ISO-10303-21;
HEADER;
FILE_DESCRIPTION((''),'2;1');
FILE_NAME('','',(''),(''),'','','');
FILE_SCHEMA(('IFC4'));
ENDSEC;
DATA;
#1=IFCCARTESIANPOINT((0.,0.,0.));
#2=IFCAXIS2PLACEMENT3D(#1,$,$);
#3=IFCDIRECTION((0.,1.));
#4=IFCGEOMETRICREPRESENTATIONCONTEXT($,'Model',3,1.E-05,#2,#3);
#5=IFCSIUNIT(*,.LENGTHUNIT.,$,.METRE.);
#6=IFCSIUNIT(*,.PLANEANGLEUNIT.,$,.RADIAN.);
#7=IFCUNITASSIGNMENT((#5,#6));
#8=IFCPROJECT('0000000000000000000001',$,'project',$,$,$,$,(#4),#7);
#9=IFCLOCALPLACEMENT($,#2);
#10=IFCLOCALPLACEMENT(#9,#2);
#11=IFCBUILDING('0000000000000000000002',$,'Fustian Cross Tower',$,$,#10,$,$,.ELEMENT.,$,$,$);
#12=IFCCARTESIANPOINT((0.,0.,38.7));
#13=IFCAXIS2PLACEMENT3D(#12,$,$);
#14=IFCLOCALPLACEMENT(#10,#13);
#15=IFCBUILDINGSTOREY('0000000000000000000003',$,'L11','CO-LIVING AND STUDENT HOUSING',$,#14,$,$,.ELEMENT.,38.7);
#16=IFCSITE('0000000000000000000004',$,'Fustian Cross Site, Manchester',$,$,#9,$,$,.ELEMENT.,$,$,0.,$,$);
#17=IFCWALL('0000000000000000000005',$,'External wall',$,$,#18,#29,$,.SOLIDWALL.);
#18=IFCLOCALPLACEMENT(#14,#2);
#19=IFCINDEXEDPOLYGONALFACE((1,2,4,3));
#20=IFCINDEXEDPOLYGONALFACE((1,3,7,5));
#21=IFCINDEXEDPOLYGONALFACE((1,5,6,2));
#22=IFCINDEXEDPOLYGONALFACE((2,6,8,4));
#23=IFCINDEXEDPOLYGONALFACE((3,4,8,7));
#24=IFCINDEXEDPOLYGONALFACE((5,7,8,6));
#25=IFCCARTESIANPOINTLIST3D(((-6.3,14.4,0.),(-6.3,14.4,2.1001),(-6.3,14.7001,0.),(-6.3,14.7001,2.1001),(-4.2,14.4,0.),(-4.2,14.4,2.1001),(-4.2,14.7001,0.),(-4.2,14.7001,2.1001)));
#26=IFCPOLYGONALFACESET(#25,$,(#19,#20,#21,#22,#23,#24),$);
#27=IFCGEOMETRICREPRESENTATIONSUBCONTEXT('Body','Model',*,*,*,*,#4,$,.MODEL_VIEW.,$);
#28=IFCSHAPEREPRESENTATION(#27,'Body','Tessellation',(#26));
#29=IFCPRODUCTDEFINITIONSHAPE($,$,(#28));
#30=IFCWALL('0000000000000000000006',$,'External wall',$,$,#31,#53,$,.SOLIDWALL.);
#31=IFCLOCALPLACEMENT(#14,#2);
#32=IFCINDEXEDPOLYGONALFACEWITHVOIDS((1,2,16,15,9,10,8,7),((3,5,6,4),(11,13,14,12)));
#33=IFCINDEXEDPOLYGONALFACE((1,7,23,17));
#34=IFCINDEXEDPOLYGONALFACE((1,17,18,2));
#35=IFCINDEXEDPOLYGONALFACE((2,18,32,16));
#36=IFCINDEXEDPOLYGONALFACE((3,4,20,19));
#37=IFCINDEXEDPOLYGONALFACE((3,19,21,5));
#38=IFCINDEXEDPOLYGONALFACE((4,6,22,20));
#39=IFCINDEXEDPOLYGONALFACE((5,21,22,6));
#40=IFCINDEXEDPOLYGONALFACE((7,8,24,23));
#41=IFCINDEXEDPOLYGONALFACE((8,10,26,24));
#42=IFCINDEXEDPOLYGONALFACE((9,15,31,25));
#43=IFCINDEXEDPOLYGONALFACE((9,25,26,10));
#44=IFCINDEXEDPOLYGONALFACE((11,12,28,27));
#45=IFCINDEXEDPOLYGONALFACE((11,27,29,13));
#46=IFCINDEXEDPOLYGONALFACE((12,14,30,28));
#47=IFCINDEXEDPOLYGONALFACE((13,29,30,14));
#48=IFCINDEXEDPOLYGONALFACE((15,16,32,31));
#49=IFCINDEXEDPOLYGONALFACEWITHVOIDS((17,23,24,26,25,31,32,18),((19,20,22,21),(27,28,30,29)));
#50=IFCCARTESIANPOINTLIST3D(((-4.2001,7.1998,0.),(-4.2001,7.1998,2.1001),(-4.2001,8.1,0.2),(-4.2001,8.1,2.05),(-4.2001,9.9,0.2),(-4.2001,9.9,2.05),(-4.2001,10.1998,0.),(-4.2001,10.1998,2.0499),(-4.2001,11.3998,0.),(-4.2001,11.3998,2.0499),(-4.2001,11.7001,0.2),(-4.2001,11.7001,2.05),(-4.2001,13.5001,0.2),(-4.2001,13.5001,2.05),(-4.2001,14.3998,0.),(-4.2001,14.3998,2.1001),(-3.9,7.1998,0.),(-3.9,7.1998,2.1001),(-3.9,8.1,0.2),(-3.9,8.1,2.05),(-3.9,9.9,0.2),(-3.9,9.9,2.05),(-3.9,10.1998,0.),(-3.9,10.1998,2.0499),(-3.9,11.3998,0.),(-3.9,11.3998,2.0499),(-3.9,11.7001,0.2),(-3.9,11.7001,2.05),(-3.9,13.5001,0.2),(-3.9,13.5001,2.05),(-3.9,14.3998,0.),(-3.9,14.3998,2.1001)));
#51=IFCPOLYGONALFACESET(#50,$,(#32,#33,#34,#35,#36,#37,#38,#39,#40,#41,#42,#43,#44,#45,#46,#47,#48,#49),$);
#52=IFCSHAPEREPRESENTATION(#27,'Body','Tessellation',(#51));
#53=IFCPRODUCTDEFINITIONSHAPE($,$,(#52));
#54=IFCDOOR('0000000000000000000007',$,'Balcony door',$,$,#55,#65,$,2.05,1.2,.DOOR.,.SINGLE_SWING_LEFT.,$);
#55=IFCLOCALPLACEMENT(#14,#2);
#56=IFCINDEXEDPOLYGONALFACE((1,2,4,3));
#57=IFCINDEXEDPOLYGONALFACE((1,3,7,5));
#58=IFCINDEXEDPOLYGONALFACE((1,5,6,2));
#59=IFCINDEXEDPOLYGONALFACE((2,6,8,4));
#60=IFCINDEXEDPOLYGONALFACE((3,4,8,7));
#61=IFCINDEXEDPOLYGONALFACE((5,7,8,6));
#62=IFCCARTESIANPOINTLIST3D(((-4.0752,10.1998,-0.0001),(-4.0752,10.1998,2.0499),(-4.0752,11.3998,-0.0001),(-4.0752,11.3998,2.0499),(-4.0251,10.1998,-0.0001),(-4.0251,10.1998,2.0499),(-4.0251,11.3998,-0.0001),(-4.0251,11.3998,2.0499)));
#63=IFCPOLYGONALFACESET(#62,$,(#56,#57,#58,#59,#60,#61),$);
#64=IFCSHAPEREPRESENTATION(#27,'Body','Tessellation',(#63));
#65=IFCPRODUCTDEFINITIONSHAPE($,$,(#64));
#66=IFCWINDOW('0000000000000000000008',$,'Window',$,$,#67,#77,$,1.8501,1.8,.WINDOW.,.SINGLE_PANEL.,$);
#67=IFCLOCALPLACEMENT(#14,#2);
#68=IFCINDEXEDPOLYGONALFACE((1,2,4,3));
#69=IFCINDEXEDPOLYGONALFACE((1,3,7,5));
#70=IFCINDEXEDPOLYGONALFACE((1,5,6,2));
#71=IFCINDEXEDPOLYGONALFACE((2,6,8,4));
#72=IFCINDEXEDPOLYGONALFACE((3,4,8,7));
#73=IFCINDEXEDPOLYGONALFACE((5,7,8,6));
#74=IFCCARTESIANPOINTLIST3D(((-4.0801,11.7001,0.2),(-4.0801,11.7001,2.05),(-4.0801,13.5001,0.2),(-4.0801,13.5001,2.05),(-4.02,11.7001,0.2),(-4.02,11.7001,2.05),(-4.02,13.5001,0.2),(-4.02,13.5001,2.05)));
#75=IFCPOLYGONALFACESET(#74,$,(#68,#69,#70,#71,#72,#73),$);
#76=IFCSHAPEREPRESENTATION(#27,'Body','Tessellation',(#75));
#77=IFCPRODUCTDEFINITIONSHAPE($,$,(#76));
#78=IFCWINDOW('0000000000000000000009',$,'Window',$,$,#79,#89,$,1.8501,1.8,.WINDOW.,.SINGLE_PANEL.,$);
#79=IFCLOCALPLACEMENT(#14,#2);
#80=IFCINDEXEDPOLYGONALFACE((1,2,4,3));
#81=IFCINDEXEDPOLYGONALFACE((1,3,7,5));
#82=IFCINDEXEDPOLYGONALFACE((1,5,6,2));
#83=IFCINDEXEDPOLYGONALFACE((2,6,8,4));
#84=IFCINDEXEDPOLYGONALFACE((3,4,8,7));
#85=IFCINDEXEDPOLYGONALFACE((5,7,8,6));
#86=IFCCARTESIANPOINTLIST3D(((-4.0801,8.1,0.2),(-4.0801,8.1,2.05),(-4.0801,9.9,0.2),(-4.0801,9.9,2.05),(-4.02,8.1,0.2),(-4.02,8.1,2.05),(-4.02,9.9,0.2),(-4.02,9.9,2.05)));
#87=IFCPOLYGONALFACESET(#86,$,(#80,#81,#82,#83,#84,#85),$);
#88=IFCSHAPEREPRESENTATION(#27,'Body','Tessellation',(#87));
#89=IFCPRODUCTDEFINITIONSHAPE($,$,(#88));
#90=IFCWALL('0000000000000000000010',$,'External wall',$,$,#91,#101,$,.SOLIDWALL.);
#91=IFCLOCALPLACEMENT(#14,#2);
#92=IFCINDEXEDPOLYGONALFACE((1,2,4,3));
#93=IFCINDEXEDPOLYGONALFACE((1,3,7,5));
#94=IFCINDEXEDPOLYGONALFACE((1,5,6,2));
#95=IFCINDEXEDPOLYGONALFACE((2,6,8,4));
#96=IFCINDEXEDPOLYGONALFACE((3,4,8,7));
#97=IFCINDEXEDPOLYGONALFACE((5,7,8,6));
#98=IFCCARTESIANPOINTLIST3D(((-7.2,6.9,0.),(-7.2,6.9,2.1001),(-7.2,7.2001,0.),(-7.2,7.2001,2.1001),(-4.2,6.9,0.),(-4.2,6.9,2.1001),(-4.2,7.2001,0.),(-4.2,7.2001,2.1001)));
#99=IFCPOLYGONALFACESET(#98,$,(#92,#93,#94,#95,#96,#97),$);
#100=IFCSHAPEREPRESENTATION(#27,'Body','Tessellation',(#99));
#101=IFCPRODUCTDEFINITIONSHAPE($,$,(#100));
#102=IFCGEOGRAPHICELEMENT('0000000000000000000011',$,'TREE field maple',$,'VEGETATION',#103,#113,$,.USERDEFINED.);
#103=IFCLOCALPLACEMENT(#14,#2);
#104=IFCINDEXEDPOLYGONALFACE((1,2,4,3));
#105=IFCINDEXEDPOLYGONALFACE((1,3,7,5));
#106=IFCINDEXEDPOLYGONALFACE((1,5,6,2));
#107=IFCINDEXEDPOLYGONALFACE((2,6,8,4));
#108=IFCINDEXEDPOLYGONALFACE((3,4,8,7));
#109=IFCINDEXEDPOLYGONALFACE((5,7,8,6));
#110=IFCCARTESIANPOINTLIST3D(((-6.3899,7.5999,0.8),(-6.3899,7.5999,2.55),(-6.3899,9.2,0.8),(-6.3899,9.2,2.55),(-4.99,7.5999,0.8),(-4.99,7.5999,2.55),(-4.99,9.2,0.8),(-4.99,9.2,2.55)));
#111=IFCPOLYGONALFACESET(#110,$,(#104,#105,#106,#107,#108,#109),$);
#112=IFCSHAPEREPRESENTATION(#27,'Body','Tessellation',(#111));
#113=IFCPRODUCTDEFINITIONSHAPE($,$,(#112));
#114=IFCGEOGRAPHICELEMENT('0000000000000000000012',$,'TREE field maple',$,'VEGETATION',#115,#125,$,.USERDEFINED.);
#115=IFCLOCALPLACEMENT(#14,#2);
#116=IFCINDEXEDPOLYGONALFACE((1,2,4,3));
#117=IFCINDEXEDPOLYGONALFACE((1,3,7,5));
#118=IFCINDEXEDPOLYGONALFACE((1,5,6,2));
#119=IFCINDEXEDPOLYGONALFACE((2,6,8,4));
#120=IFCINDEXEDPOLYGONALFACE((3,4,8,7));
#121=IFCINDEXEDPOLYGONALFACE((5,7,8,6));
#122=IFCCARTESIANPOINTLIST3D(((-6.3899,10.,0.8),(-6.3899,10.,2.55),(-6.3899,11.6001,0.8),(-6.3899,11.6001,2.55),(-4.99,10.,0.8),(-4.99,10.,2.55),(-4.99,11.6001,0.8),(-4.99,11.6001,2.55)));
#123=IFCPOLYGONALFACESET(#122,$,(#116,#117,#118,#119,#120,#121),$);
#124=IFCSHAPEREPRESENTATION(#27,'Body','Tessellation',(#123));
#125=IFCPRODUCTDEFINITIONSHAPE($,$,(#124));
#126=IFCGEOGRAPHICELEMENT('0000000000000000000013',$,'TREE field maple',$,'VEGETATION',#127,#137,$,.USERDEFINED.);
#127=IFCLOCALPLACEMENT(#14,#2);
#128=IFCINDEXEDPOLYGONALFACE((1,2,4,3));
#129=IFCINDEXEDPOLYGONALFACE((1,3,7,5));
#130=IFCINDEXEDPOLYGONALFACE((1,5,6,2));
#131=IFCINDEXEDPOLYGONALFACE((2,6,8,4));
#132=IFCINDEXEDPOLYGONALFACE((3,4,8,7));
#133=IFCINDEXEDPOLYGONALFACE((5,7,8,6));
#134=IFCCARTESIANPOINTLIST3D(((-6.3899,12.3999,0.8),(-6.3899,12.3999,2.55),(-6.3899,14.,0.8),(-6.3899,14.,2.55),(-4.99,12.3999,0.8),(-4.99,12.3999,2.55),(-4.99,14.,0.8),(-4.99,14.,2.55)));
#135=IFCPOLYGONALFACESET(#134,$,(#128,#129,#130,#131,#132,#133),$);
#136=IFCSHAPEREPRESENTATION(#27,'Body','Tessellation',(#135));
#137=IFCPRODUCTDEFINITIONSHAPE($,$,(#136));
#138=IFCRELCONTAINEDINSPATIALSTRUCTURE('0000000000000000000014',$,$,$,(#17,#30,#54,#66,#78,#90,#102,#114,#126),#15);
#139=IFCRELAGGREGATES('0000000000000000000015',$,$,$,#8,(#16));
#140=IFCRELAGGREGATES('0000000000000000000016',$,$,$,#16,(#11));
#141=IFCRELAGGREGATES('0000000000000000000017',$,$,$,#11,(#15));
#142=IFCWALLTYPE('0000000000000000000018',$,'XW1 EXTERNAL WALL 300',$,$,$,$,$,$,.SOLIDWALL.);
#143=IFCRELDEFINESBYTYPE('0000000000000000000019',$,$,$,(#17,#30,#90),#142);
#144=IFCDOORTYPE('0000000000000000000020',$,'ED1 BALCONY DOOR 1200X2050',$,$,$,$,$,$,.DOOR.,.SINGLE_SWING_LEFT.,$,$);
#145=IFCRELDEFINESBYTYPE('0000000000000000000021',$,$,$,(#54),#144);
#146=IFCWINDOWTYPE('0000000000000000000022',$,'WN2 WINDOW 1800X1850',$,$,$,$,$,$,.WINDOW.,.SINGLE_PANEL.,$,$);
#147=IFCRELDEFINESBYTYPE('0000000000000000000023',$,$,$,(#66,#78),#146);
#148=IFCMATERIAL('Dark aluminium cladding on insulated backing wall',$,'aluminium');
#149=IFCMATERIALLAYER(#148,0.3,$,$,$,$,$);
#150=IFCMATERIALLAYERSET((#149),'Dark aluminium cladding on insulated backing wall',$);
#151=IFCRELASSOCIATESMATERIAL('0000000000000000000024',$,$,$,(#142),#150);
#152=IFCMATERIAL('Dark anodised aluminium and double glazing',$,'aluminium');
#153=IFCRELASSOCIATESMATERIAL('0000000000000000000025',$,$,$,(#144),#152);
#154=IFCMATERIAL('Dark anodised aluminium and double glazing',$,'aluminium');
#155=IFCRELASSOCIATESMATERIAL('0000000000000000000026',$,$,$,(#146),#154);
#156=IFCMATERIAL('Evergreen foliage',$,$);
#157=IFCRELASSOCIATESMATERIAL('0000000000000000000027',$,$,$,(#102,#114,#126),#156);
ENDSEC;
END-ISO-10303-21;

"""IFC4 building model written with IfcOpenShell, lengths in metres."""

from ifc_helpers import new_model, si_unit, direction, frame, frame_2d, origin, origin_2d, place, context, subcontext, project, spatial, rectangle, extrude, material, layer, layer_set, type_object, element, fill, save


model = new_model("IFC4")

# Units and contexts
model_context = context("Model", 3, precision=1e-05, world=origin(), true_north=direction((0.0, 1.0)))
body_context = subcontext(model_context, "Body", "Model", "MODEL_VIEW")
ifc_project = project(units=[si_unit("LENGTHUNIT", "METRE"), si_unit("PLANEANGLEUNIT", "RADIAN")], contexts=[model_context])

# Site, building, storey
site_placement = place(None, origin())
site = spatial("IfcSite", under=ifc_project, at=site_placement, Name="Fustian Cross Site, Manchester", CompositionType="ELEMENT", RefElevation=0.0)
building_placement = place(site_placement, origin())
building = spatial("IfcBuilding", under=site, at=building_placement, Name="Fustian Cross Tower", CompositionType="ELEMENT")
storey_placement = place(building_placement, frame((0.0, 0.0, 38.7)))
storey = spatial("IfcBuildingStorey", under=building, at=storey_placement, Name="L11", Description="CO-LIVING AND STUDENT HOUSING", CompositionType="ELEMENT", Elevation=38.7)

# Wall
ifc_material_1 = material(Name="Dark aluminium cladding on insulated backing wall", Category="aluminium")
ifc_layer_1 = layer(ifc_material_1, 0.3)
ifc_layer_set_1 = layer_set([ifc_layer_1], Name="Dark aluminium cladding on insulated backing wall")
wall_type_1 = type_object("IfcWallType", Name="XW1 EXTERNAL WALL 300", PredefinedType="SOLIDWALL", material=ifc_layer_set_1)
wall_1_placement = place(storey_placement, frame((-6.3, 14.55, 0.0), z_axis=(0.0, 0.0, 1.0), x_axis=(1.0, 0.0, 0.0)))
element("IfcWall", 1, at=wall_1_placement, inside=storey, type_object=wall_type_1, Name="External wall", PredefinedType="SOLIDWALL", context=body_context, shape_type="SweptSolid", body=[
    extrude(rectangle(XDim=2.1001, YDim=0.3, at=frame_2d((1.05, 0.0))), origin(), (0.0, 0.0, 1.0), 2.1001),
])

# Wall, openings, door, windows
wall_2_placement = place(storey_placement, frame((-4.05, 14.3999, 0.0), z_axis=(0.0, 0.0, 1.0), x_axis=(0.0, -1.0, 0.0)))
wall_2 = element("IfcWall", 2, at=wall_2_placement, inside=storey, type_object=wall_type_1, Name="External wall", PredefinedType="SOLIDWALL", context=body_context, shape_type="SweptSolid", body=[
    extrude(rectangle(XDim=7.2, YDim=0.3, at=frame_2d((3.6001, 0.0))), origin(), (0.0, 0.0, 1.0), 2.1001),
])
opening_1_placement = place(wall_2_placement, frame((3.0, 0.0, 0.0)))
opening_1 = element("IfcOpeningElement", 3, at=opening_1_placement, cuts=wall_2, PredefinedType="OPENING", context=body_context, shape_type="SweptSolid", body=[
    extrude(rectangle(XDim=1.2, YDim=2.05, at=frame_2d((0.6001, 1.0249))), frame((0.0, 0.1599, 0.0), z_axis=(0.0, -1.0, 0.0), x_axis=(1.0, 0.0, 0.0)), (0.0, 0.0, 1.0), 0.3201),
])
opening_2_placement = place(wall_2_placement, frame((0.8999, 0.0, 0.2)))
opening_2 = element("IfcOpeningElement", 4, at=opening_2_placement, cuts=wall_2, PredefinedType="OPENING", context=body_context, shape_type="SweptSolid", body=[
    extrude(rectangle(XDim=1.8, YDim=1.8501, at=frame_2d((0.8999, 0.925))), frame((0.0, 0.1599, 0.0), z_axis=(0.0, -1.0, 0.0), x_axis=(1.0, 0.0, 0.0)), (0.0, 0.0, 1.0), 0.3201),
])
opening_3_placement = place(wall_2_placement, frame((4.5, 0.0, 0.2)))
opening_3 = element("IfcOpeningElement", 5, at=opening_3_placement, cuts=wall_2, PredefinedType="OPENING", context=body_context, shape_type="SweptSolid", body=[
    extrude(rectangle(XDim=1.8, YDim=1.8501, at=frame_2d((0.8999, 0.925))), frame((0.0, 0.1599, 0.0), z_axis=(0.0, -1.0, 0.0), x_axis=(1.0, 0.0, 0.0)), (0.0, 0.0, 1.0), 0.3201),
])
ifc_material_2 = material(Name="Dark anodised aluminium and double glazing", Category="aluminium")
door_type_1 = type_object("IfcDoorType", Name="ED1 BALCONY DOOR 1200X2050", OperationType="SINGLE_SWING_LEFT", PredefinedType="DOOR", material=ifc_material_2)
door_1_placement = place(opening_1_placement, origin())
door_1 = element("IfcDoor", 6, at=door_1_placement, inside=storey, type_object=door_type_1, Name="Balcony door", OperationType="SINGLE_SWING_LEFT", OverallHeight=2.05, OverallWidth=1.2, PredefinedType="DOOR", context=body_context, shape_type="SweptSolid", body=[
    extrude(rectangle(XDim=1.2, YDim=2.05, at=frame_2d((0.6001, 1.0249))), frame((0.0, 0.0249, 0.0), z_axis=(0.0, -1.0, 0.0), x_axis=(1.0, 0.0, 0.0)), (0.0, 0.0, 1.0), 0.05),
])
fill(opening_1, door_1)
ifc_material_3 = material(Name="Dark anodised aluminium and double glazing", Category="aluminium")
window_type = type_object("IfcWindowType", Name="WN2 WINDOW 1800X1850", PartitioningType="SINGLE_PANEL", PredefinedType="WINDOW", material=ifc_material_3)
window_1_placement = place(opening_2_placement, origin())
window_1 = element("IfcWindow", 7, at=window_1_placement, inside=storey, type_object=window_type, Name="Window", OverallHeight=1.8501, OverallWidth=1.8, PartitioningType="SINGLE_PANEL", PredefinedType="WINDOW", context=body_context, shape_type="SweptSolid", body=[
    extrude(rectangle(XDim=1.8, YDim=1.8501, at=frame_2d((0.8999, 0.925))), frame((0.0, 0.03, 0.0), z_axis=(0.0, -1.0, 0.0), x_axis=(1.0, 0.0, 0.0)), (0.0, 0.0, 1.0), 0.0601),
])
fill(opening_2, window_1)
window_2_placement = place(opening_3_placement, origin())
window_2 = element("IfcWindow", 8, at=window_2_placement, inside=storey, type_object=window_type, Name="Window", OverallHeight=1.8501, OverallWidth=1.8, PartitioningType="SINGLE_PANEL", PredefinedType="WINDOW", context=body_context, shape_type="SweptSolid", body=[
    extrude(rectangle(XDim=1.8, YDim=1.8501, at=frame_2d((0.8999, 0.925))), frame((0.0, 0.03, 0.0), z_axis=(0.0, -1.0, 0.0), x_axis=(1.0, 0.0, 0.0)), (0.0, 0.0, 1.0), 0.0601),
])
fill(opening_3, window_2)

# Wall
wall_3_placement = place(storey_placement, frame((-4.2, 7.05, 0.0), z_axis=(0.0, 0.0, 1.0), x_axis=(-1.0, 0.0, 0.0)))
element("IfcWall", 9, at=wall_3_placement, inside=storey, type_object=wall_type_1, Name="External wall", PredefinedType="SOLIDWALL", context=body_context, shape_type="SweptSolid", body=[
    extrude(rectangle(XDim=3.0, YDim=0.3, at=frame_2d((1.5, 0.0))), origin(), (0.0, 0.0, 1.0), 2.1001),
])

# Geographic elements
ifc_material_4 = material(Name="Evergreen foliage")
for number, where, z_axis, x_axis, name in (
    (10, (-5.6899, 8.3999, 0.8), (0.0, 0.0, 1.0), (1.0, 0.0, 0.0), "TREE field maple"),
    (11, (-5.6899, 10.8, 0.8), (0.0, 0.0, 1.0), (1.0, 0.0, 0.0), "TREE field maple"),
    (12, (-5.6899, 13.2, 0.8), (0.0, 0.0, 1.0), (1.0, 0.0, 0.0), "TREE field maple"),
):
    element("IfcGeographicElement", number, at=place(storey_placement, frame(where, z_axis=z_axis, x_axis=x_axis)), inside=storey, material=ifc_material_4, Name=name, ObjectType="VEGETATION", PredefinedType="USERDEFINED", context=body_context, shape_type="SweptSolid", body=[
        extrude(rectangle(XDim=1.3999, YDim=1.6001, at=origin_2d()), origin(), (0.0, 0.0, 1.0), 1.75),
    ])

save(model, "model.ifc")
